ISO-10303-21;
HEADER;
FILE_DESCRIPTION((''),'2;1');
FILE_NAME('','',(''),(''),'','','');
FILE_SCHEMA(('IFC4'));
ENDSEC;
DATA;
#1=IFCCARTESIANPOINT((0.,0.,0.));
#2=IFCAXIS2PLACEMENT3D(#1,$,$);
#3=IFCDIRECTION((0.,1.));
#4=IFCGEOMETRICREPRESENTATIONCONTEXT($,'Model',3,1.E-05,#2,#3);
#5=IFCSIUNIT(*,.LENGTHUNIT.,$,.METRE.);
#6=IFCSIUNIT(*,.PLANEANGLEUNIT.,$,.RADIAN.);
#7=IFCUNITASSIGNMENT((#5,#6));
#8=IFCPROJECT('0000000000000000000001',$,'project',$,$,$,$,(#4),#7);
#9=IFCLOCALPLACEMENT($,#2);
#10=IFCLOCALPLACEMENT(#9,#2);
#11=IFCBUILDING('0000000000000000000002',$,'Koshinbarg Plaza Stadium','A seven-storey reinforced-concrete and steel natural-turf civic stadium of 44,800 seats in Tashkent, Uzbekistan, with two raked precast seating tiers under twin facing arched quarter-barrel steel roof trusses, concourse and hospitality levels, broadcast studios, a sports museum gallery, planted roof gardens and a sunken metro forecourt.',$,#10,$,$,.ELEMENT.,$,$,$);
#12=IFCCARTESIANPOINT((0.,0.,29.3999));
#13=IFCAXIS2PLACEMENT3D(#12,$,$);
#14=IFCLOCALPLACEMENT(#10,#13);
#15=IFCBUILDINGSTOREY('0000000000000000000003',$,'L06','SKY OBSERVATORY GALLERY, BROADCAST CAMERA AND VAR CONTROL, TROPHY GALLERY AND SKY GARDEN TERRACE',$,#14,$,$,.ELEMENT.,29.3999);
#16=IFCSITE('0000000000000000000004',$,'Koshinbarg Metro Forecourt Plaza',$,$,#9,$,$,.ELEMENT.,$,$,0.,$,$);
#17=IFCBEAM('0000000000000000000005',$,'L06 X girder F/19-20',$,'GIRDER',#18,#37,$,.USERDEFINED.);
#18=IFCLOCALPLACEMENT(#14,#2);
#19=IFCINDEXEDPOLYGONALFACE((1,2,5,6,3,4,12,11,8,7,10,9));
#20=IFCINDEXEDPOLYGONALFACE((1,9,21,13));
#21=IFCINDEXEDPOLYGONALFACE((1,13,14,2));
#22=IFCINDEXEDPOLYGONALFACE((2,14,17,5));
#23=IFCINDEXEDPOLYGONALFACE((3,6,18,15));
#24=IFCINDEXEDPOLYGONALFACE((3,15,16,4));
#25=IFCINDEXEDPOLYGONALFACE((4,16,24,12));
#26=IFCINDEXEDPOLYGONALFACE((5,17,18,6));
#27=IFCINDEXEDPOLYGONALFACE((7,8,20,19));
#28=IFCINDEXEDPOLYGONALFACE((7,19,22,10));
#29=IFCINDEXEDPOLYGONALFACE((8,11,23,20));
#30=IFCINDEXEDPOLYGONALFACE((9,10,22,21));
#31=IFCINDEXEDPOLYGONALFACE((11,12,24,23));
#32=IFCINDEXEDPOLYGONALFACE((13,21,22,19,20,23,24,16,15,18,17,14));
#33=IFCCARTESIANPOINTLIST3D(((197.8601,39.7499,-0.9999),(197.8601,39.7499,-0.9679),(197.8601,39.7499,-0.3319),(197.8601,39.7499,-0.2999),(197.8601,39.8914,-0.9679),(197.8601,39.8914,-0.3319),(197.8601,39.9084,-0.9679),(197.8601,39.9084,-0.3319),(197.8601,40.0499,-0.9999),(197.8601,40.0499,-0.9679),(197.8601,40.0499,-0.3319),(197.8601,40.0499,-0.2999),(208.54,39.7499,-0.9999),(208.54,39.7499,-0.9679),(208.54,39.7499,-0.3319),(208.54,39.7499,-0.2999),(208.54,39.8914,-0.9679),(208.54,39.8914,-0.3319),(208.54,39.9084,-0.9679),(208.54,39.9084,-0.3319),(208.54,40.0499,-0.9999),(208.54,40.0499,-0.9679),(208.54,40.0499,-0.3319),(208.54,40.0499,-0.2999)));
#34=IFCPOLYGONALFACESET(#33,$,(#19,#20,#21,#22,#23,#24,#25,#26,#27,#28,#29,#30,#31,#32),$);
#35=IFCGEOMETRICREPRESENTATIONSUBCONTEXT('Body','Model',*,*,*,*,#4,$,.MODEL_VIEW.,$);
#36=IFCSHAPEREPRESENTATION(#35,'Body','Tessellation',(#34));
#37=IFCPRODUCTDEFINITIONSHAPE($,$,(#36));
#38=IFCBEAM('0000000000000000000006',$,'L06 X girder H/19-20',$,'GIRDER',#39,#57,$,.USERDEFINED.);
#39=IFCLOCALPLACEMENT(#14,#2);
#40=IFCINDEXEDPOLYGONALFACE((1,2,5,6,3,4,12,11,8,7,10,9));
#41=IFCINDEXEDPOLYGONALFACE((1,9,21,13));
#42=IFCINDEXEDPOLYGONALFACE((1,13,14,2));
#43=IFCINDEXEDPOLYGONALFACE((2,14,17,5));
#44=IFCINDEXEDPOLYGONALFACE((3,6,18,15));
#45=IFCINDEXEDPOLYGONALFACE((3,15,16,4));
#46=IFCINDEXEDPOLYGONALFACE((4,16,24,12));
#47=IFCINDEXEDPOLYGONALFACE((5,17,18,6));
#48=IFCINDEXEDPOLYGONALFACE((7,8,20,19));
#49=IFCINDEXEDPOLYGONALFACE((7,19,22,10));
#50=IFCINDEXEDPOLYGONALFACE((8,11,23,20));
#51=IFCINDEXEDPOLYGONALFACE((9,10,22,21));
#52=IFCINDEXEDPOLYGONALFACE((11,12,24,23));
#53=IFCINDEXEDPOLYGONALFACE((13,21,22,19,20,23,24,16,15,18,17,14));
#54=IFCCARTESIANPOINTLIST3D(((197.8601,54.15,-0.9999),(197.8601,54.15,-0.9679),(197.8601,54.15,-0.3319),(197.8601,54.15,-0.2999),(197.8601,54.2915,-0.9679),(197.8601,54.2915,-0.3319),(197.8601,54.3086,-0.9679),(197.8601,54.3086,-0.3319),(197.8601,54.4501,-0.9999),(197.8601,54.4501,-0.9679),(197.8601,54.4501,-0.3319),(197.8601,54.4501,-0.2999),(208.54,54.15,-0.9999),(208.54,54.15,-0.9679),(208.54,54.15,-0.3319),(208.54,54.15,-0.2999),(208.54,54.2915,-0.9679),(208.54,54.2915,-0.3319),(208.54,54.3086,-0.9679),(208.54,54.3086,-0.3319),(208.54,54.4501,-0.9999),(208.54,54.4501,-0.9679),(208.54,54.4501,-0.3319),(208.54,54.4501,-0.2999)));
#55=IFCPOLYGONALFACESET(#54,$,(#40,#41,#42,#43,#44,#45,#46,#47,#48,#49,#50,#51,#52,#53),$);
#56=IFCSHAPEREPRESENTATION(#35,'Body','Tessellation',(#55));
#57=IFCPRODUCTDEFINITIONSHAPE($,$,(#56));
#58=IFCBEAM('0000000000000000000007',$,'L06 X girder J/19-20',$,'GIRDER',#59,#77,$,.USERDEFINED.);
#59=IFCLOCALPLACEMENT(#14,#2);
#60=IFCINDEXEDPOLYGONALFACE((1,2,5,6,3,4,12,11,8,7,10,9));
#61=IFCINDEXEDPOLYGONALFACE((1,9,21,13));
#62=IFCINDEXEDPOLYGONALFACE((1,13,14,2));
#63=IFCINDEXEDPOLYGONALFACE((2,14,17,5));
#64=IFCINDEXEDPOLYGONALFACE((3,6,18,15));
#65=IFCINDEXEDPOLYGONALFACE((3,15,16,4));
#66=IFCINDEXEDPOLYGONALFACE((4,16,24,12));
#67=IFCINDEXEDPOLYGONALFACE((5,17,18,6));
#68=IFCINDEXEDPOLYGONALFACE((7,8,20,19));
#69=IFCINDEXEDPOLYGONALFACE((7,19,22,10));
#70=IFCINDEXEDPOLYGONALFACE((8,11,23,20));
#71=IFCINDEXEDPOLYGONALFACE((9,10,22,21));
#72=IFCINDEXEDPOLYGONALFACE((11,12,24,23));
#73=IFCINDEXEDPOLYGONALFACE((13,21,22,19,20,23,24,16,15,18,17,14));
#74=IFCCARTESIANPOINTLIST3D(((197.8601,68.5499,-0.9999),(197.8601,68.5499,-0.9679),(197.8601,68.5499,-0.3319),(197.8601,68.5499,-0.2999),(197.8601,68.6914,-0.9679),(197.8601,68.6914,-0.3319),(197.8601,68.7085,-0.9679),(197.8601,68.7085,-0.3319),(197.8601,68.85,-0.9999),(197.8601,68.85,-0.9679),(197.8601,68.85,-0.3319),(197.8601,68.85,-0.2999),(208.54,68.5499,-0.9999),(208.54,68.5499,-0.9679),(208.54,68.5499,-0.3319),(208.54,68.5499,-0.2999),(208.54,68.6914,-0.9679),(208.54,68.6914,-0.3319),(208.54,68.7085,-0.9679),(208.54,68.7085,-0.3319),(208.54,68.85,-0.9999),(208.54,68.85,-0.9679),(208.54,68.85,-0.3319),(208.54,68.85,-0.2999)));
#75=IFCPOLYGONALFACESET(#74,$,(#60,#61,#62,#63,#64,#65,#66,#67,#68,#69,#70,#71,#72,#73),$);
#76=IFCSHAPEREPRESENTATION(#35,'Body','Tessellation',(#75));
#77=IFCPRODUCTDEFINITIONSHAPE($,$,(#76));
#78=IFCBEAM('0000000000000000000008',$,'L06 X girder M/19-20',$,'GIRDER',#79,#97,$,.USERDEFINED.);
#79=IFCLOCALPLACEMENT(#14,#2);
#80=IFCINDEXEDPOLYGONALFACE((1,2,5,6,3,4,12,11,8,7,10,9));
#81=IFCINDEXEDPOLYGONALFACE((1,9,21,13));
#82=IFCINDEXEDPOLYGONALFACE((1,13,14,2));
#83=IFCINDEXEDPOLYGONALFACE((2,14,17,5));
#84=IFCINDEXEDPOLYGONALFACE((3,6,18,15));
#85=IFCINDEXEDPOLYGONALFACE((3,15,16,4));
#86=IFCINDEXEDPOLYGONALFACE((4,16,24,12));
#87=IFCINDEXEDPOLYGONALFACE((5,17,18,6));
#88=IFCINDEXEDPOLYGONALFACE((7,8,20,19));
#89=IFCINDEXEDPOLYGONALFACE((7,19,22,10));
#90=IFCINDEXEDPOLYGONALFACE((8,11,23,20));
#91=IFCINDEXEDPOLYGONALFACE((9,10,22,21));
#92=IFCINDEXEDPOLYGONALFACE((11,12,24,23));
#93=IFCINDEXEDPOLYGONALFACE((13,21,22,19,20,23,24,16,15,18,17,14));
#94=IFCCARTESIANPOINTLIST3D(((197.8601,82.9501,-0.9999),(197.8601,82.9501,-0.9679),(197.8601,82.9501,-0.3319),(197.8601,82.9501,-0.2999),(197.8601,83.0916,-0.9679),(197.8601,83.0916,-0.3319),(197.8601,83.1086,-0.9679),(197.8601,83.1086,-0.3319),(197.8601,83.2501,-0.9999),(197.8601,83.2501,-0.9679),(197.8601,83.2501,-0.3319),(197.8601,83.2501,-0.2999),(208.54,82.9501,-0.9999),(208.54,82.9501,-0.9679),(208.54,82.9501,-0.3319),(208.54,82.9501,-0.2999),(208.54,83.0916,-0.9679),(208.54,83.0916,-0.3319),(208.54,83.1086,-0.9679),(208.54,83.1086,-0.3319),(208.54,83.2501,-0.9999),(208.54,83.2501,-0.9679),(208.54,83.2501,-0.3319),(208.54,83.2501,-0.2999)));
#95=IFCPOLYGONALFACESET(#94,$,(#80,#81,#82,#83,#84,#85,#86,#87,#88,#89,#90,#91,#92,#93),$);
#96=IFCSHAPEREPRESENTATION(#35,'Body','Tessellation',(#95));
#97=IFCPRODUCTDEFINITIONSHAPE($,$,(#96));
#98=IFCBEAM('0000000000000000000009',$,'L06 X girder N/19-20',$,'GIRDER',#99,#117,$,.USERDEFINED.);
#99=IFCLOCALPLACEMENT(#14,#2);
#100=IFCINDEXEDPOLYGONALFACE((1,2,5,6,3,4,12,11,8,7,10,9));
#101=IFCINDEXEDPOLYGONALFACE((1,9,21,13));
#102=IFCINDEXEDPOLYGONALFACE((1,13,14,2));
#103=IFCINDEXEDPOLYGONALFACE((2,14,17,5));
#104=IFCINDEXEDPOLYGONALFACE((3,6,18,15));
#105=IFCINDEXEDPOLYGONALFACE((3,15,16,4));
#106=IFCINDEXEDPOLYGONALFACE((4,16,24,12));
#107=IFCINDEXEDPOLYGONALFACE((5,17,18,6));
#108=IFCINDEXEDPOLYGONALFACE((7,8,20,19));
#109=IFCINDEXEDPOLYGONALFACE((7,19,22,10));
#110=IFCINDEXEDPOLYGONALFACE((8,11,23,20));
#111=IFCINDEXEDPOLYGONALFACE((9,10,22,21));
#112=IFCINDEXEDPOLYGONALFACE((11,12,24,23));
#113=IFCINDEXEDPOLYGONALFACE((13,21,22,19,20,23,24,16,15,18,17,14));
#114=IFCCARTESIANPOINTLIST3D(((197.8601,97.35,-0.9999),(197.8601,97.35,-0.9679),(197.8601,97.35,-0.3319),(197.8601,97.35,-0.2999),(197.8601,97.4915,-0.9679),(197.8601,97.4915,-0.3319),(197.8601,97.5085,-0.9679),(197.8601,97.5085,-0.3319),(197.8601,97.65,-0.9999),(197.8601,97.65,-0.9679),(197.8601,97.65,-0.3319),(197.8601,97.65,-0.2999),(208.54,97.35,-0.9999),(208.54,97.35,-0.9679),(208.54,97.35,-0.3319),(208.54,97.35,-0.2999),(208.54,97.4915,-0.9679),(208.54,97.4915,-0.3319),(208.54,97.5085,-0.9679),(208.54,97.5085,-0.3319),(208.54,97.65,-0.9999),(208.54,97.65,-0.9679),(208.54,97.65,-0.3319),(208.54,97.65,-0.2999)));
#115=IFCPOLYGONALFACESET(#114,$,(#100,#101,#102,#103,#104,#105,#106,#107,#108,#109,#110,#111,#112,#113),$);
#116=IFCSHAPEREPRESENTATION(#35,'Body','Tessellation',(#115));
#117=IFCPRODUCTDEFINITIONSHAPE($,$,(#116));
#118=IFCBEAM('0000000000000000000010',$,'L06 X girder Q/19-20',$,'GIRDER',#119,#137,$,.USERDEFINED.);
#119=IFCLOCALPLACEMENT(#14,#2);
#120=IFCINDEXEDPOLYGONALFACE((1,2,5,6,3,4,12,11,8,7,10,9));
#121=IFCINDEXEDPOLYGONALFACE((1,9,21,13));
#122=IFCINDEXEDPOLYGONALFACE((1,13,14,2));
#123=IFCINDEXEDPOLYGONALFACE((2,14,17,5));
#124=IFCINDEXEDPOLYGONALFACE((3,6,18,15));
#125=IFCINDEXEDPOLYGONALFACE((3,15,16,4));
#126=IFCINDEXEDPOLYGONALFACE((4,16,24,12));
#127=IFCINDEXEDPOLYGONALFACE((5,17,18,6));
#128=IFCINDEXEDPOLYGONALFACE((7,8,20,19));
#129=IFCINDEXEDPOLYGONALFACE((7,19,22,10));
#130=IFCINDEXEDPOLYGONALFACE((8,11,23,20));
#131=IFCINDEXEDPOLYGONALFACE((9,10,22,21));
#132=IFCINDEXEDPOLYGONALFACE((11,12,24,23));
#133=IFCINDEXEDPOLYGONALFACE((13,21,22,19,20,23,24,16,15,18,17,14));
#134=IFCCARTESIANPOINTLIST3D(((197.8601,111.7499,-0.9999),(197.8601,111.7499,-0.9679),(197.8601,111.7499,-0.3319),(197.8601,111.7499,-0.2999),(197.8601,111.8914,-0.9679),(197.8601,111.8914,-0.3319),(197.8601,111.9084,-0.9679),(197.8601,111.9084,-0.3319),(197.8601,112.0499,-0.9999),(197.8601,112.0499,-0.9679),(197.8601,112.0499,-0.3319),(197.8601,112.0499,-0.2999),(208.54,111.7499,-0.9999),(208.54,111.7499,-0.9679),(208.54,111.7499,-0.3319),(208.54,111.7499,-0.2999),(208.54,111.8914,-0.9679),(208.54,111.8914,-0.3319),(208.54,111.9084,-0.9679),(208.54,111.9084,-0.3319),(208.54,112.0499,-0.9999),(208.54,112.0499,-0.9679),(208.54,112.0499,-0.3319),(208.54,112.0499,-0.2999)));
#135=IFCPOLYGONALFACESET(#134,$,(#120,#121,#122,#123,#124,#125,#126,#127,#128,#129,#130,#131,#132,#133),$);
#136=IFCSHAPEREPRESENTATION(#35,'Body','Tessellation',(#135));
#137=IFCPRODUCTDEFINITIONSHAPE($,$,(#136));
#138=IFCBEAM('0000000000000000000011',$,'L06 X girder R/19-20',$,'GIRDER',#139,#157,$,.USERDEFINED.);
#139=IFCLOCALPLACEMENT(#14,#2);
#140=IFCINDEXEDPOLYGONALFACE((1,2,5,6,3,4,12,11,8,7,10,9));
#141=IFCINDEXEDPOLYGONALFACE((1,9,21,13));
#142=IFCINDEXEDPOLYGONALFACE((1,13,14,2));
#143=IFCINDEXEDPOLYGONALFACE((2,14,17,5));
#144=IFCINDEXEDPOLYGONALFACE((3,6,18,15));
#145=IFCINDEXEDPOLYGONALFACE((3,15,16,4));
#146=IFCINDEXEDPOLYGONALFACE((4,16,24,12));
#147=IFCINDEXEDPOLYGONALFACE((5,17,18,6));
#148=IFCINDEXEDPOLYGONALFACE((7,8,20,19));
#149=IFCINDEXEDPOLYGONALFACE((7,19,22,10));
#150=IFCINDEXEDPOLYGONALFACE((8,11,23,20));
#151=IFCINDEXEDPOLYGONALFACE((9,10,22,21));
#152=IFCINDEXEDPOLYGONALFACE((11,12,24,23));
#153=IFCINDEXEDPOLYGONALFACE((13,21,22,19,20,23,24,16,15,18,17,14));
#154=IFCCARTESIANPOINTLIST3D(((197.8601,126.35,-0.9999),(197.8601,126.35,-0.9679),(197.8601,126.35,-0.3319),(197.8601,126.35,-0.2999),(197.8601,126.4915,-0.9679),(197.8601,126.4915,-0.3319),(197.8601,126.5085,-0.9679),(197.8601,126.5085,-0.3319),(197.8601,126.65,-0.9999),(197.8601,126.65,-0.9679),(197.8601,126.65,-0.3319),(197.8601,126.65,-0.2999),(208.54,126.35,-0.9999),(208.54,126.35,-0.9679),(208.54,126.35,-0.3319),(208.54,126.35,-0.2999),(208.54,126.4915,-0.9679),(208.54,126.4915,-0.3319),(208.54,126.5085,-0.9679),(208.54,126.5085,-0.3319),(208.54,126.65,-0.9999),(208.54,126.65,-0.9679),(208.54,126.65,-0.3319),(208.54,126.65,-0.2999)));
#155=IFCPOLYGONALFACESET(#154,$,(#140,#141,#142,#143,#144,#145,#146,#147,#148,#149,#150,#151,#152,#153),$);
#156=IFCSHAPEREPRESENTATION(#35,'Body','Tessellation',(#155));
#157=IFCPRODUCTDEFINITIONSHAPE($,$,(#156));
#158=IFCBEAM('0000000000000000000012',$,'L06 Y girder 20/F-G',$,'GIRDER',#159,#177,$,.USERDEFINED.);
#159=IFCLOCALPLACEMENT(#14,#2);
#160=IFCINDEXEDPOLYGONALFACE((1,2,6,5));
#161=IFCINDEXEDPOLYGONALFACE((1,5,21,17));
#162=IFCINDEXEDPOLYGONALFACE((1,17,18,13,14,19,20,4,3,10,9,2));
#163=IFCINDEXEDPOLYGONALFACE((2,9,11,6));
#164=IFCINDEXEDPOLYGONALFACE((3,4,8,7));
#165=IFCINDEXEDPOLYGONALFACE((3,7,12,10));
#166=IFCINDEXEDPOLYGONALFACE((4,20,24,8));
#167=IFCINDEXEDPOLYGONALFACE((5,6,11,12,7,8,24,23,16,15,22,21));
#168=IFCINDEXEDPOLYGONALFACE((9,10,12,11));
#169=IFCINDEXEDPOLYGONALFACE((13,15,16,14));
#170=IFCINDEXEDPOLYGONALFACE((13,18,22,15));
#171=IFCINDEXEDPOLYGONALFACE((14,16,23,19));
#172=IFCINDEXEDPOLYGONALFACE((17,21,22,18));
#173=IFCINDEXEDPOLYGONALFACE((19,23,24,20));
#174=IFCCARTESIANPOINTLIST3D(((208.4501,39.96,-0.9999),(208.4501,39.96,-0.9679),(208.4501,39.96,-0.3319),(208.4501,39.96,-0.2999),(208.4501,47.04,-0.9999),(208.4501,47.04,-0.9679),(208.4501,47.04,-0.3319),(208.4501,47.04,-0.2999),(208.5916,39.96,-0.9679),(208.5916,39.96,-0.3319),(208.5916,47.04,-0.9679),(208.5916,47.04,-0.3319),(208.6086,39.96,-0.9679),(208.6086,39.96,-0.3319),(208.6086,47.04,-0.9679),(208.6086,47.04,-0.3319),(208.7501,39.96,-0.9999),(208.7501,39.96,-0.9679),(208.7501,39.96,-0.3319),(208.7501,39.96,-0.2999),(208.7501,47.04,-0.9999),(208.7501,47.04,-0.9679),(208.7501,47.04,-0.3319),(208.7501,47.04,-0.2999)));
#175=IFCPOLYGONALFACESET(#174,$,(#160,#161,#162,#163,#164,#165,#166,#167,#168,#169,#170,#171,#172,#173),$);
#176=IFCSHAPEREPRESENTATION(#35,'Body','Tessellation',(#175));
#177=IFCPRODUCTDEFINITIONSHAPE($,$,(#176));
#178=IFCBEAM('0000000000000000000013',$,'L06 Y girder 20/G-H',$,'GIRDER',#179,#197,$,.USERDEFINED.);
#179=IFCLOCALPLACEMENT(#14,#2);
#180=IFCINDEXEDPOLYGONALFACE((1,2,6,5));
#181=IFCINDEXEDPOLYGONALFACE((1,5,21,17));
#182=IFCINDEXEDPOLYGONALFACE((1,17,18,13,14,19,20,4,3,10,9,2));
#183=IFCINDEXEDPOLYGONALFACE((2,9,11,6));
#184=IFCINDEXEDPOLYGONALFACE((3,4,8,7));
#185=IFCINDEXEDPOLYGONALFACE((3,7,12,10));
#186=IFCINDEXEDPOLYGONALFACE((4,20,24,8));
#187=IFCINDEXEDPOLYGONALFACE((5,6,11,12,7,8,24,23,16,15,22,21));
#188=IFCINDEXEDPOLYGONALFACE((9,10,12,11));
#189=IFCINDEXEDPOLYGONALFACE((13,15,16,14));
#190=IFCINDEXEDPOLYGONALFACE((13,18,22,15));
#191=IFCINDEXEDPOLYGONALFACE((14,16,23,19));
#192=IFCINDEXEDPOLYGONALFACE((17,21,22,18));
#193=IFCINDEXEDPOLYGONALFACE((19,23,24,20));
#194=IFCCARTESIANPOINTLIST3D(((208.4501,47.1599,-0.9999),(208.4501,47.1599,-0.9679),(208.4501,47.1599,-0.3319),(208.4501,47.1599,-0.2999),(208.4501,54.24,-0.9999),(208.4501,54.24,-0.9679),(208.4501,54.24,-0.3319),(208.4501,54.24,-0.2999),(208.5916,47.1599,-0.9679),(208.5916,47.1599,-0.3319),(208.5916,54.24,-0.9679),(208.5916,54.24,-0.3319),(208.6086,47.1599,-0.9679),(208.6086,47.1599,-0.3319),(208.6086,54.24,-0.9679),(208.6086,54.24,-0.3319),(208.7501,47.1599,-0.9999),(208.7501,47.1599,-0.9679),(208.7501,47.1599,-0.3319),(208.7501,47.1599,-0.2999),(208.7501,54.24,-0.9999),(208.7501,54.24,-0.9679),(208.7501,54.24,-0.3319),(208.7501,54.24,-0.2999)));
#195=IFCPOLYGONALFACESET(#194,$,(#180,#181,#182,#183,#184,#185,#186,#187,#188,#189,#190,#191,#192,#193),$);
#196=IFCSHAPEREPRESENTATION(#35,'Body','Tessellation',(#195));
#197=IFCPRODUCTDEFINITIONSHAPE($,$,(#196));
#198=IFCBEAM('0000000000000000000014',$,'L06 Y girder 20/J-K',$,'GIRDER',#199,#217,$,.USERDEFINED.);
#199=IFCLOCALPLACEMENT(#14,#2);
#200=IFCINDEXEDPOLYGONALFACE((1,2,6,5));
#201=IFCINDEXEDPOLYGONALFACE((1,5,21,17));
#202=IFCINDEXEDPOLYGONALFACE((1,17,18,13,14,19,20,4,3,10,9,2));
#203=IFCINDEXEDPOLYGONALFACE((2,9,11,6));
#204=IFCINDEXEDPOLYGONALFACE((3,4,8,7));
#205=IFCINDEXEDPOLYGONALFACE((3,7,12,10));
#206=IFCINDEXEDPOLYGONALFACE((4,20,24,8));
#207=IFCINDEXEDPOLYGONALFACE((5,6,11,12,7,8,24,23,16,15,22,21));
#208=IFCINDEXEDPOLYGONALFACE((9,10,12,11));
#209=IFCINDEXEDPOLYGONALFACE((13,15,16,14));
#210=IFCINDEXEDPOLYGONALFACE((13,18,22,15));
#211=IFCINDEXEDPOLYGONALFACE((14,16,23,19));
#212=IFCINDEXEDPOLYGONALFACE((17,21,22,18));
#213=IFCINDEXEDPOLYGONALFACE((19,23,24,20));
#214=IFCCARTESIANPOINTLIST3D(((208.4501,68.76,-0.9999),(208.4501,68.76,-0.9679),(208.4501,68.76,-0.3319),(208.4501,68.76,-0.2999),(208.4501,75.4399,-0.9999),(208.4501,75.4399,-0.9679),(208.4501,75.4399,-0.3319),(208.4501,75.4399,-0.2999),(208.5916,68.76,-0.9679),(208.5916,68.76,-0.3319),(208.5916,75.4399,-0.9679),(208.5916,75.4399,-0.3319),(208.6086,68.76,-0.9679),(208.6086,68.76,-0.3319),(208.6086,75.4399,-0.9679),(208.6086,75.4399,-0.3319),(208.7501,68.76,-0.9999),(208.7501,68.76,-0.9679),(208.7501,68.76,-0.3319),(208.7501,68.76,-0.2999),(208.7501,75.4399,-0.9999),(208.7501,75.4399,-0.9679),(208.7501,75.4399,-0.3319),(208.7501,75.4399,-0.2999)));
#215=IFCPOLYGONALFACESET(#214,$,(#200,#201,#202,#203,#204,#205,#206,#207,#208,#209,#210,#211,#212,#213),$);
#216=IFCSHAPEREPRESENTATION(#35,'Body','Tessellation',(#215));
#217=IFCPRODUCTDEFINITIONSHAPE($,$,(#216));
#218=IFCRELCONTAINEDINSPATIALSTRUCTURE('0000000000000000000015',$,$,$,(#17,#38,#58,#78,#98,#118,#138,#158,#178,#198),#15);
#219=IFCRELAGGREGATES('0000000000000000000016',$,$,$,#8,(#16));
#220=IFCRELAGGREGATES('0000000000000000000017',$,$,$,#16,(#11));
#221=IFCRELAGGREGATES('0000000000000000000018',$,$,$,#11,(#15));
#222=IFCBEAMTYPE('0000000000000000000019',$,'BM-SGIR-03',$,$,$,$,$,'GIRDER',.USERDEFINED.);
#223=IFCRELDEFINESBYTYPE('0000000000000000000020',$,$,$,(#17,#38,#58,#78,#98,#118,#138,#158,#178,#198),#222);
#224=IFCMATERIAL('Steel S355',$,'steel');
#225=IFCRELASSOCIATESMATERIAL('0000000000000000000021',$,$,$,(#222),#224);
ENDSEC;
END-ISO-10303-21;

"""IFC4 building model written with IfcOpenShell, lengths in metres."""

from ifc_helpers import new_model, si_unit, direction, frame, origin, origin_2d, place, context, subcontext, project, spatial, i_section, extrude, material, material_profile, profile_set, type_object, element, save


model = new_model("IFC4")

# Units and contexts
model_context = context("Model", 3, precision=1e-05, world=origin(), true_north=direction((0.0, 1.0)))
body_context = subcontext(model_context, "Body", "Model", "MODEL_VIEW")
ifc_project = project(units=[si_unit("LENGTHUNIT", "METRE"), si_unit("PLANEANGLEUNIT", "RADIAN")], contexts=[model_context])

# Site, building, storey
site_placement = place(None, origin())
site = spatial("IfcSite", under=ifc_project, at=site_placement, Name="Koshinbarg Metro Forecourt Plaza", CompositionType="ELEMENT", RefElevation=0.0)
building_placement = place(site_placement, origin())
building = spatial("IfcBuilding", under=site, at=building_placement, Name="Koshinbarg Plaza Stadium", Description="A seven-storey reinforced-concrete and steel natural-turf civic stadium of 44,800 seats in Tashkent, Uzbekistan, with two raked precast seating tiers under twin facing arched quarter-barrel steel roof trusses, concourse and hospitality levels, broadcast studios, a sports museum gallery, planted roof gardens and a sunken metro forecourt.", CompositionType="ELEMENT")
storey_placement = place(building_placement, frame((0.0, 0.0, 29.3999)))
storey = spatial("IfcBuildingStorey", under=building, at=storey_placement, Name="L06", Description="SKY OBSERVATORY GALLERY, BROADCAST CAMERA AND VAR CONTROL, TROPHY GALLERY AND SKY GARDEN TERRACE", CompositionType="ELEMENT", Elevation=29.3999)

# Beams
ifc_material = material(Name="Steel S355", Category="steel")
ifc_material_profile_1 = material_profile(ifc_material, i_section(OverallWidth=0.3, OverallDepth=0.7, WebThickness=0.0171, FlangeThickness=0.032, at=origin_2d()), Name="HEB 700")
ifc_profile_set_1 = profile_set([ifc_material_profile_1], Name="Steel S355")
beam_type_1 = type_object("IfcBeamType", Name="BM-SGIR-03", ElementType="GIRDER", PredefinedType="USERDEFINED", material=ifc_profile_set_1)
for number, where, z_axis, x_axis, name in (
    (1, (197.8601, 39.8999, -0.6499), (1.0, 0.0, 0.0), (0.0, 1.0, 0.0), "L06 X girder F/19-20"),
    (2, (197.8601, 54.3, -0.6499), (1.0, 0.0, 0.0), (0.0, 1.0, 0.0), "L06 X girder H/19-20"),
    (3, (197.8601, 68.7, -0.6499), (1.0, 0.0, 0.0), (0.0, 1.0, 0.0), "L06 X girder J/19-20"),
    (4, (197.8601, 83.1001, -0.6499), (1.0, 0.0, 0.0), (0.0, 1.0, 0.0), "L06 X girder M/19-20"),
    (5, (197.8601, 97.5, -0.6499), (1.0, 0.0, 0.0), (0.0, 1.0, 0.0), "L06 X girder N/19-20"),
    (6, (197.8601, 111.8999, -0.6499), (1.0, 0.0, 0.0), (0.0, 1.0, 0.0), "L06 X girder Q/19-20"),
    (7, (197.8601, 126.5, -0.6499), (1.0, 0.0, 0.0), (0.0, 1.0, 0.0), "L06 X girder R/19-20"),
):
    element("IfcBeam", number, at=place(storey_placement, frame(where, z_axis=z_axis, x_axis=x_axis)), inside=storey, type_object=beam_type_1, Name=name, ObjectType="GIRDER", PredefinedType="USERDEFINED", context=body_context, shape_type="SweptSolid", body=[
        extrude(i_section(OverallWidth=0.3, OverallDepth=0.7, WebThickness=0.0171, FlangeThickness=0.032, at=origin_2d()), origin(), (0.0, 0.0, 1.0), 10.6799),
    ])
for number, where, z_axis, x_axis, name in (
    (8, (208.6001, 39.96, -0.6499), (0.0, 1.0, 0.0), (-1.0, 0.0, 0.0), "L06 Y girder 20/F-G"),
    (9, (208.6001, 47.1599, -0.6499), (0.0, 1.0, 0.0), (-1.0, 0.0, 0.0), "L06 Y girder 20/G-H"),
):
    element("IfcBeam", number, at=place(storey_placement, frame(where, z_axis=z_axis, x_axis=x_axis)), inside=storey, type_object=beam_type_1, Name=name, ObjectType="GIRDER", PredefinedType="USERDEFINED", context=body_context, shape_type="SweptSolid", body=[
        extrude(i_section(OverallWidth=0.3, OverallDepth=0.7, WebThickness=0.0171, FlangeThickness=0.032, at=origin_2d()), origin(), (0.0, 0.0, 1.0), 7.0801),
    ])
beam_1_placement = place(storey_placement, frame((208.6001, 68.76, -0.6499), z_axis=(0.0, 1.0, 0.0), x_axis=(-1.0, 0.0, 0.0)))
element("IfcBeam", 10, at=beam_1_placement, inside=storey, type_object=beam_type_1, Name="L06 Y girder 20/J-K", ObjectType="GIRDER", PredefinedType="USERDEFINED", context=body_context, shape_type="SweptSolid", body=[
    extrude(i_section(OverallWidth=0.3, OverallDepth=0.7, WebThickness=0.0171, FlangeThickness=0.032, at=origin_2d()), origin(), (0.0, 0.0, 1.0), 6.6799),
])

save(model, "model.ifc")
